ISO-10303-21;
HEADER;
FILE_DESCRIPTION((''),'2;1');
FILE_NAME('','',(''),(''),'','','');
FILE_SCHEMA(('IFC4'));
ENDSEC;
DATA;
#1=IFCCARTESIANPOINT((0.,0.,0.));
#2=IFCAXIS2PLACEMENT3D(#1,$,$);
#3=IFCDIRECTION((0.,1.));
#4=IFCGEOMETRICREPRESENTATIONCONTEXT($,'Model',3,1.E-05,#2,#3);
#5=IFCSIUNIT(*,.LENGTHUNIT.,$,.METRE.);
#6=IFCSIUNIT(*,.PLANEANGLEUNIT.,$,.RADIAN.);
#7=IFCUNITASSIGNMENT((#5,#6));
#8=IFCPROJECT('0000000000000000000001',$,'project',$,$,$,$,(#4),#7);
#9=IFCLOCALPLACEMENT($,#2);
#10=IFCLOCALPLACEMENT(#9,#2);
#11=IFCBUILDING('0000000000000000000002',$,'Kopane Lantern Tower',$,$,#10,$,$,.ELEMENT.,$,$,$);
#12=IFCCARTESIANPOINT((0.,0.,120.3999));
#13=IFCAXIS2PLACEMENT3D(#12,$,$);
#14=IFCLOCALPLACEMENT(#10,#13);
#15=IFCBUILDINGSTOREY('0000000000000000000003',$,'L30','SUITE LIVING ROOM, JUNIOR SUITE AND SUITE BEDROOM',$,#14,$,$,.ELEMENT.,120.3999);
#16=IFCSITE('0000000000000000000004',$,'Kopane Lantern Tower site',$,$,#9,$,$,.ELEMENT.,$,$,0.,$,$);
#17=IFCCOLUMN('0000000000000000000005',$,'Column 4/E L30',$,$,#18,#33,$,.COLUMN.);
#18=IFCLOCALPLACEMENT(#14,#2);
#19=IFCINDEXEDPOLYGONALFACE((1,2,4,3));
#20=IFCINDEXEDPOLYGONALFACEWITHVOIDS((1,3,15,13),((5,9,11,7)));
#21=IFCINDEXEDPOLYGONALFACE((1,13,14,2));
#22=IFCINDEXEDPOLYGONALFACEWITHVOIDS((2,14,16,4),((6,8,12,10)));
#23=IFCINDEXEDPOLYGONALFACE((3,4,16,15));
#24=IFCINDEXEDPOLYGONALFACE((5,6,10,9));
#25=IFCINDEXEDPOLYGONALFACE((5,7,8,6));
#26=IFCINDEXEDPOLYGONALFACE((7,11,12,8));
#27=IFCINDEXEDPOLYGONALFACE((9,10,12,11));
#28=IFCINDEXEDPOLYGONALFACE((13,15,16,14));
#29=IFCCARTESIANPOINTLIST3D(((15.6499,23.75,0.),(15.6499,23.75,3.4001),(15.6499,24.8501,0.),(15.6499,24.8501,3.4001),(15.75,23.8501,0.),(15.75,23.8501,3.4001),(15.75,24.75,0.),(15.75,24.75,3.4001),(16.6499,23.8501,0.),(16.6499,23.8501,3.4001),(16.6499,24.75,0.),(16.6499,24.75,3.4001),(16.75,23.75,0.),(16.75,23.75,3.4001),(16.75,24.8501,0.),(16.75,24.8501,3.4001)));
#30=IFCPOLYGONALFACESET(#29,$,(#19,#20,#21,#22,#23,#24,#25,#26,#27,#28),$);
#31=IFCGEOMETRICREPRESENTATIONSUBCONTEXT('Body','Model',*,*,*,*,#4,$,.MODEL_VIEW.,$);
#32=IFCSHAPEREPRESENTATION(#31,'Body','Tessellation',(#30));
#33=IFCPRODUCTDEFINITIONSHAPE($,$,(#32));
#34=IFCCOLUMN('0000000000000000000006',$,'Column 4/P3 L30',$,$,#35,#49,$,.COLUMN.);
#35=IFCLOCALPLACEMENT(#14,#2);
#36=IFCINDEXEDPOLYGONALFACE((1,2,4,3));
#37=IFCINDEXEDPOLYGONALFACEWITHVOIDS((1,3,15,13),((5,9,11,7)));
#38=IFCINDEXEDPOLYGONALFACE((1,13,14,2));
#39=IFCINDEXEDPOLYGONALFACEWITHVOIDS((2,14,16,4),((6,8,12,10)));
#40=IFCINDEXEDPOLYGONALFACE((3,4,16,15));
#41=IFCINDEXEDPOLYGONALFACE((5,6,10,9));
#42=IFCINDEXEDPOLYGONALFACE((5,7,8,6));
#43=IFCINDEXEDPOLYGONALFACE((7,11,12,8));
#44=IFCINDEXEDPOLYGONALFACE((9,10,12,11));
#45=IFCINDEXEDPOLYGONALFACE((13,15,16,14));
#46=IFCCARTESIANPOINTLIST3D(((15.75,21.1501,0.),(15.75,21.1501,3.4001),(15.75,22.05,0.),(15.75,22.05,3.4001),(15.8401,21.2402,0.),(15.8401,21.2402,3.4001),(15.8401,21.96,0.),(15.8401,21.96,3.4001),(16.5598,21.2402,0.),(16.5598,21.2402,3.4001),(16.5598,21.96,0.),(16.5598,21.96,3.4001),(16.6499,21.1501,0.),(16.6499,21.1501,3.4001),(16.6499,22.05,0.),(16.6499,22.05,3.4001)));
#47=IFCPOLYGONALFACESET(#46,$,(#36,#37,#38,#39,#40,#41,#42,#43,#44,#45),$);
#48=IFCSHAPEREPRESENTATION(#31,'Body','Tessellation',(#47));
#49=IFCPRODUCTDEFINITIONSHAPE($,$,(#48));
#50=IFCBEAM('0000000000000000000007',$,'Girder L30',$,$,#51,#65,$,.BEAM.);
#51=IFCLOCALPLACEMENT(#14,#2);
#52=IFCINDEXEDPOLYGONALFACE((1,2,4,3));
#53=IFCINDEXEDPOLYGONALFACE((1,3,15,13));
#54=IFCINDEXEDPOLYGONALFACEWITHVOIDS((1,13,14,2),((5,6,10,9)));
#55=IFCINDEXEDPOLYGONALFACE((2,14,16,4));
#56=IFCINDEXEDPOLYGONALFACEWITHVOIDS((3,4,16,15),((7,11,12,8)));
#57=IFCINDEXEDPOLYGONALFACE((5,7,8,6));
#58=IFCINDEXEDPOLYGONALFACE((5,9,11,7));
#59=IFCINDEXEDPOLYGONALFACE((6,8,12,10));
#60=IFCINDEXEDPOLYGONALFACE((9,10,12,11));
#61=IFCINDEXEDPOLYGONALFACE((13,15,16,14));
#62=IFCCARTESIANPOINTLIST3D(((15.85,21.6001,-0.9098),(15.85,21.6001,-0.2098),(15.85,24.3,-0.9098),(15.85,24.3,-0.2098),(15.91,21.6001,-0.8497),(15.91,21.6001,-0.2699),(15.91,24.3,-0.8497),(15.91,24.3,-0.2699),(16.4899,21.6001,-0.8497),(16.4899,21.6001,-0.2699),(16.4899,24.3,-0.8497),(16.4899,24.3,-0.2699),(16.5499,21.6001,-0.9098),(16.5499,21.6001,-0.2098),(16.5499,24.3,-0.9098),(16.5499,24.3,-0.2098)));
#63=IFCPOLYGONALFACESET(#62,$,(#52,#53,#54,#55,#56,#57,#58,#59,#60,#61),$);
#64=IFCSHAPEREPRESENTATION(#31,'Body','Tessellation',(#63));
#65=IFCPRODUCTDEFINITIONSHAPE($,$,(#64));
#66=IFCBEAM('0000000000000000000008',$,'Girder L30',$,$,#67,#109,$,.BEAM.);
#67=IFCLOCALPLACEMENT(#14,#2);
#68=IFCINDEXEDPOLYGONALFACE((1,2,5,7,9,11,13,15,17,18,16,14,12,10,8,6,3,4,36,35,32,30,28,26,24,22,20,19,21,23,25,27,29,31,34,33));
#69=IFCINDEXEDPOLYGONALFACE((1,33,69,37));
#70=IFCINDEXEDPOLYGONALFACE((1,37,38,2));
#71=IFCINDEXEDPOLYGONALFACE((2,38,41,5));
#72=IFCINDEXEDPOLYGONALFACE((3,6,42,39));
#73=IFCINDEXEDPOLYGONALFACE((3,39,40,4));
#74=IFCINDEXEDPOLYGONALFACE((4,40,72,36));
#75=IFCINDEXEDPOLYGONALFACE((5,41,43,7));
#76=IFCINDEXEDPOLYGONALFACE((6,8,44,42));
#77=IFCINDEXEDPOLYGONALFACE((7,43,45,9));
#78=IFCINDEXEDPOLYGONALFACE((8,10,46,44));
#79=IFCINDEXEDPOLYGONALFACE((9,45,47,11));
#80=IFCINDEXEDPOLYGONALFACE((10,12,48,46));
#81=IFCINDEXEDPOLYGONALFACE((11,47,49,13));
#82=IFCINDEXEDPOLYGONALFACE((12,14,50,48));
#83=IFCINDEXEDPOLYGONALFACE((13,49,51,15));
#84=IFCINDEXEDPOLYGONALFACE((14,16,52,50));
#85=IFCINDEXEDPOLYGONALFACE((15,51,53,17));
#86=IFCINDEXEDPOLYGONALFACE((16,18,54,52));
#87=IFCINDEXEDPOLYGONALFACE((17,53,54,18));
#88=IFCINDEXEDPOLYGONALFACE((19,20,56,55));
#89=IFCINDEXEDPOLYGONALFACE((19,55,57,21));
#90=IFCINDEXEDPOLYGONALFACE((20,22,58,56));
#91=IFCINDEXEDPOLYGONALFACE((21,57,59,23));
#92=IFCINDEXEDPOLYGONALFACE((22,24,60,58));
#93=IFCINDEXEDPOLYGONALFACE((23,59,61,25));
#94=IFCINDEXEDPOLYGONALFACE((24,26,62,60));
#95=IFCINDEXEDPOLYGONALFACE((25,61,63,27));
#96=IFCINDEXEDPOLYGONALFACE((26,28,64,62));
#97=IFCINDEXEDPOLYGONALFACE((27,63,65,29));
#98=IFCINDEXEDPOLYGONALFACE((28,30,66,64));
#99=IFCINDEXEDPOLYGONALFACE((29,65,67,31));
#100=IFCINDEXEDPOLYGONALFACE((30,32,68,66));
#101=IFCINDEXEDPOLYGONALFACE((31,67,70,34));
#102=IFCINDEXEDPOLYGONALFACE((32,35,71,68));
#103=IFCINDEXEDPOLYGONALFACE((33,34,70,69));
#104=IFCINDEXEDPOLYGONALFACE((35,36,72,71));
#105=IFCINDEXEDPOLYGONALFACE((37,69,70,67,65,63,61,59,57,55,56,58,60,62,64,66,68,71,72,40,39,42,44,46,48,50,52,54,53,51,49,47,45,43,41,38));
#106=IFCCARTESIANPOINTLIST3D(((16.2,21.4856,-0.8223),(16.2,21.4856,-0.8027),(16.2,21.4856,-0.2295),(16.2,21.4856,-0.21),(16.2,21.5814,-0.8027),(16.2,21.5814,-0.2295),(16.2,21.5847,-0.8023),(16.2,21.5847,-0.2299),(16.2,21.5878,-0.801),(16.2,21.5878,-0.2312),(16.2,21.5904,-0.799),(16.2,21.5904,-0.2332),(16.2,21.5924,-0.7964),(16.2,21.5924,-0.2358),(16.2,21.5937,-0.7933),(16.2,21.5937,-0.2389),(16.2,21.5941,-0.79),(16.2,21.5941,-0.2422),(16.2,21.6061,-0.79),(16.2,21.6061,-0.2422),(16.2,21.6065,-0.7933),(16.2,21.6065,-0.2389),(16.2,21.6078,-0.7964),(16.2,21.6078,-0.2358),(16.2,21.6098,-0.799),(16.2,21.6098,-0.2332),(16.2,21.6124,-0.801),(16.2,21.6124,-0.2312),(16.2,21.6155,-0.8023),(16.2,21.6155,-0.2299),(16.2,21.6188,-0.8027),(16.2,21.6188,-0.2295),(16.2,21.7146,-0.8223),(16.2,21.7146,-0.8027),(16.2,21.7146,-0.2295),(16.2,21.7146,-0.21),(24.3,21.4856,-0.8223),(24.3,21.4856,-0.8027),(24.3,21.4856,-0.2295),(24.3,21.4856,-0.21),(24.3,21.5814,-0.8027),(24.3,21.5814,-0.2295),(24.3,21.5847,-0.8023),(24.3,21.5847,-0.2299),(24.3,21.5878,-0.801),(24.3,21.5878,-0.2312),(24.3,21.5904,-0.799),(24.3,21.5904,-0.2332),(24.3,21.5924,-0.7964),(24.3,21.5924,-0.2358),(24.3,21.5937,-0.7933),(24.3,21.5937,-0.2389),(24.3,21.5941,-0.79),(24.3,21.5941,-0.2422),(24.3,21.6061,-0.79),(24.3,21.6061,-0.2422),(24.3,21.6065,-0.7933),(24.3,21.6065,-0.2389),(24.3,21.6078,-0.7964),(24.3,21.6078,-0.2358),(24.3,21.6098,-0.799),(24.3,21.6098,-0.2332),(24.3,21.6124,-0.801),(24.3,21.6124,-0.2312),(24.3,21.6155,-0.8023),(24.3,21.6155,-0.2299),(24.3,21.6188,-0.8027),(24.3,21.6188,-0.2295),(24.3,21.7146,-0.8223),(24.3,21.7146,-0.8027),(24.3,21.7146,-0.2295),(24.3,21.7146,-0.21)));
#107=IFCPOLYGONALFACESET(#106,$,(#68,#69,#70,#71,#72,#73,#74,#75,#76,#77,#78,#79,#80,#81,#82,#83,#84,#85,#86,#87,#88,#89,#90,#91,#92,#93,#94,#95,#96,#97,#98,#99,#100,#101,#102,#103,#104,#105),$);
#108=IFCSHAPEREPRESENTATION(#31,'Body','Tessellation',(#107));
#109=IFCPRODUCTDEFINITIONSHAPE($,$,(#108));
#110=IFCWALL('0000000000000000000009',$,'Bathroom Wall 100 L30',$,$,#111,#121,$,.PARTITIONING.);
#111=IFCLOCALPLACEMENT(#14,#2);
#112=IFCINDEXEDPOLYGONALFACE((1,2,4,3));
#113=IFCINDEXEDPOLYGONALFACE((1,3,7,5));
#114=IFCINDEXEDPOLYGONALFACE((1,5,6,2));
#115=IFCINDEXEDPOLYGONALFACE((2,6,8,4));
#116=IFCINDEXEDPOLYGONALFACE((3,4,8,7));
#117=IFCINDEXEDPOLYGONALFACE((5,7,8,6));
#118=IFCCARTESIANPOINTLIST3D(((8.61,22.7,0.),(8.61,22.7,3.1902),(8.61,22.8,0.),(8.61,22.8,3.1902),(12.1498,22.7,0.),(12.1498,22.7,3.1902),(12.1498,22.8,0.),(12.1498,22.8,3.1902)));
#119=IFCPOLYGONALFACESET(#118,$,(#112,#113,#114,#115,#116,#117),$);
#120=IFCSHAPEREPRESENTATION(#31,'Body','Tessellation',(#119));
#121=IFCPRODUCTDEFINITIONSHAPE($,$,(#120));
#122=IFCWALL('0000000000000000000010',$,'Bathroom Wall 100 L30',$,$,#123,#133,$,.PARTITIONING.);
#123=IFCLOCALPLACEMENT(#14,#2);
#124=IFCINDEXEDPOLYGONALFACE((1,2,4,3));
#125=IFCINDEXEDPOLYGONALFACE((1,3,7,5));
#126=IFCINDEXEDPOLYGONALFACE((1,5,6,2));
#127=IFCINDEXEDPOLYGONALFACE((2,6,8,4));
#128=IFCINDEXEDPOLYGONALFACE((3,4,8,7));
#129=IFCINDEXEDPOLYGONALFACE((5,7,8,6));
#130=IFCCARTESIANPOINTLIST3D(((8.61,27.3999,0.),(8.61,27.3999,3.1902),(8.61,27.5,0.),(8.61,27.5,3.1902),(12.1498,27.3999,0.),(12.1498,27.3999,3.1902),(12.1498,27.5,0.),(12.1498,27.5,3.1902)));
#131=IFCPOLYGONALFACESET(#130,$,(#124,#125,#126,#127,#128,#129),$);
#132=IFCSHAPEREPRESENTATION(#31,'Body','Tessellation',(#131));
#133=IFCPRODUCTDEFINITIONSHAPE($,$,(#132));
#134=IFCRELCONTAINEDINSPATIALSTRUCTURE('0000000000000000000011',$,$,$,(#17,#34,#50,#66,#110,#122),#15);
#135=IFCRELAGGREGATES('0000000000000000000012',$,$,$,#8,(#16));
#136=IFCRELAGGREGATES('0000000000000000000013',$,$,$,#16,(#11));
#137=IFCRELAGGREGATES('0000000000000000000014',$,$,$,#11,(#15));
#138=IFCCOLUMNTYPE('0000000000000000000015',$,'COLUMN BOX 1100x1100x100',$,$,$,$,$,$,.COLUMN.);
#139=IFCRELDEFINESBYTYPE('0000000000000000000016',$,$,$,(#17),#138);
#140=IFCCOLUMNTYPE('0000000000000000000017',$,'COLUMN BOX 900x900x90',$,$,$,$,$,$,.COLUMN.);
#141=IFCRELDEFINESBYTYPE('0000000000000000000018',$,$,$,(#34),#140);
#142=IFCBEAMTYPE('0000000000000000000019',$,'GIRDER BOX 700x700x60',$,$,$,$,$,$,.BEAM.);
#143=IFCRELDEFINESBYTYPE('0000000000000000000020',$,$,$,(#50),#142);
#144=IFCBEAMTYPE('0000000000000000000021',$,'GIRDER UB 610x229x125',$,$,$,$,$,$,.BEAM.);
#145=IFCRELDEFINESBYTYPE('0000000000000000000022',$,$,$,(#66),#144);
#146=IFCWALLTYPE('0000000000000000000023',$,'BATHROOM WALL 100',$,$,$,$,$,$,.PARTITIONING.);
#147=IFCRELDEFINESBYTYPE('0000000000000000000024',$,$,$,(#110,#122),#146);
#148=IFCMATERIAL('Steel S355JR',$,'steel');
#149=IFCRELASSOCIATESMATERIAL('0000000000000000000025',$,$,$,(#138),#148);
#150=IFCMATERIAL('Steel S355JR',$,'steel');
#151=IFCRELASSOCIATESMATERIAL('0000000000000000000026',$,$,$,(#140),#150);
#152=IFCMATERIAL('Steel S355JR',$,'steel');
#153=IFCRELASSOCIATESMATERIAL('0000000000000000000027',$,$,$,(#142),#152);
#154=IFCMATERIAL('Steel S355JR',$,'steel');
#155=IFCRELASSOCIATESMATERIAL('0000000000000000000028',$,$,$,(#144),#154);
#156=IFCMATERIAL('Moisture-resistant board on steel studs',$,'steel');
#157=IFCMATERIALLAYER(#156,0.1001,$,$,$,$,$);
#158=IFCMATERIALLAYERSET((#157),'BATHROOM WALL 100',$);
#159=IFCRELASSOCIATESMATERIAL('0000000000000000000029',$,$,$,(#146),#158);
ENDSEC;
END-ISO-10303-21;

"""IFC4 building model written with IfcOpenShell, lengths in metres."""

from ifc_helpers import new_model, si_unit, direction, frame, frame_2d, origin, origin_2d, place, context, subcontext, project, spatial, rectangle, hollow_rectangle, i_section, extrude, material, layer, layer_set, material_profile, profile_set, type_object, element, save


model = new_model("IFC4")

# Units and contexts
model_context = context("Model", 3, precision=1e-05, world=origin(), true_north=direction((0.0, 1.0)))
body_context = subcontext(model_context, "Body", "Model", "MODEL_VIEW")
ifc_project = project(units=[si_unit("LENGTHUNIT", "METRE"), si_unit("PLANEANGLEUNIT", "RADIAN")], contexts=[model_context])

# Site, building, storey
site_placement = place(None, origin())
site = spatial("IfcSite", under=ifc_project, at=site_placement, Name="Kopane Lantern Tower site", CompositionType="ELEMENT", RefElevation=0.0)
building_placement = place(site_placement, origin())
building = spatial("IfcBuilding", under=site, at=building_placement, Name="Kopane Lantern Tower", CompositionType="ELEMENT")
storey_placement = place(building_placement, frame((0.0, 0.0, 120.3999)))
storey = spatial("IfcBuildingStorey", under=building, at=storey_placement, Name="L30", Description="SUITE LIVING ROOM, JUNIOR SUITE AND SUITE BEDROOM", CompositionType="ELEMENT", Elevation=120.3999)

# Columns
ifc_material_1 = material(Name="Steel S355JR", Category="steel")
ifc_material_profile_1 = material_profile(ifc_material_1, hollow_rectangle(XDim=1.1001, YDim=1.1001, WallThickness=0.1001, at=origin_2d()), Name="BOX 1100x1100x100")
ifc_profile_set_1 = profile_set([ifc_material_profile_1], Name="Steel S355JR")
column_type_1 = type_object("IfcColumnType", Name="COLUMN BOX 1100x1100x100", PredefinedType="COLUMN", material=ifc_profile_set_1)
column_1_placement = place(storey_placement, frame((16.2, 24.3, 0.0), z_axis=(0.0, 0.0, 1.0), x_axis=(1.0, 0.0, 0.0)))
element("IfcColumn", 1, at=column_1_placement, inside=storey, type_object=column_type_1, Name="Column 4/E L30", PredefinedType="COLUMN", context=body_context, shape_type="SweptSolid", body=[
    extrude(hollow_rectangle(XDim=1.1001, YDim=1.1001, WallThickness=0.1001, at=origin_2d()), origin(), (0.0, 0.0, 1.0), 3.4001),
])
ifc_material_2 = material(Name="Steel S355JR", Category="steel")
ifc_material_profile_2 = material_profile(ifc_material_2, hollow_rectangle(XDim=0.8999, YDim=0.8999, WallThickness=0.0901, at=origin_2d()), Name="BOX 900x900x90")
ifc_profile_set_2 = profile_set([ifc_material_profile_2], Name="Steel S355JR")
column_type_2 = type_object("IfcColumnType", Name="COLUMN BOX 900x900x90", PredefinedType="COLUMN", material=ifc_profile_set_2)
column_2_placement = place(storey_placement, frame((16.2, 21.6001, 0.0), z_axis=(0.0, 0.0, 1.0), x_axis=(1.0, 0.0, 0.0)))
element("IfcColumn", 2, at=column_2_placement, inside=storey, type_object=column_type_2, Name="Column 4/P3 L30", PredefinedType="COLUMN", context=body_context, shape_type="SweptSolid", body=[
    extrude(hollow_rectangle(XDim=0.8999, YDim=0.8999, WallThickness=0.0901, at=origin_2d()), origin(), (0.0, 0.0, 1.0), 3.4001),
])

# Beams
ifc_material_3 = material(Name="Steel S355JR", Category="steel")
ifc_material_profile_3 = material_profile(ifc_material_3, hollow_rectangle(XDim=0.7, YDim=0.7, WallThickness=0.0601, at=origin_2d()), Name="BOX 700x700x60")
ifc_profile_set_3 = profile_set([ifc_material_profile_3], Name="Steel S355JR")
beam_type_1 = type_object("IfcBeamType", Name="GIRDER BOX 700x700x60", PredefinedType="BEAM", material=ifc_profile_set_3)
beam_1_placement = place(storey_placement, frame((16.2, 21.6001, -0.5598), z_axis=(0.0, 1.0, 0.0), x_axis=(-1.0, 0.0, 0.0)))
element("IfcBeam", 3, at=beam_1_placement, inside=storey, type_object=beam_type_1, Name="Girder L30", PredefinedType="BEAM", context=body_context, shape_type="SweptSolid", body=[
    extrude(hollow_rectangle(XDim=0.7, YDim=0.7, WallThickness=0.0601, at=origin_2d()), origin(), (0.0, 0.0, 1.0), 2.7),
])
ifc_material_4 = material(Name="Steel S355JR", Category="steel")
ifc_material_profile_4 = material_profile(ifc_material_4, i_section(OverallWidth=0.229, OverallDepth=0.6123, WebThickness=0.012, FlangeThickness=0.0195, FilletRadius=0.0127, at=origin_2d()), Name="UB 610x229x125")
ifc_profile_set_4 = profile_set([ifc_material_profile_4], Name="Steel S355JR")
beam_type_2 = type_object("IfcBeamType", Name="GIRDER UB 610x229x125", PredefinedType="BEAM", material=ifc_profile_set_4)
beam_2_placement = place(storey_placement, frame((16.2, 21.6001, -0.5161), z_axis=(1.0, 0.0, 0.0), x_axis=(0.0, 1.0, 0.0)))
element("IfcBeam", 4, at=beam_2_placement, inside=storey, type_object=beam_type_2, Name="Girder L30", PredefinedType="BEAM", context=body_context, shape_type="SweptSolid", body=[
    extrude(i_section(OverallWidth=0.229, OverallDepth=0.6123, WebThickness=0.012, FlangeThickness=0.0195, FilletRadius=0.0127, at=origin_2d()), origin(), (0.0, 0.0, 1.0), 8.1001),
])

# Walls
ifc_material_5 = material(Name="Moisture-resistant board on steel studs", Category="steel")
ifc_layer_1 = layer(ifc_material_5, 0.1001)
ifc_layer_set_1 = layer_set([ifc_layer_1], Name="BATHROOM WALL 100")
wall_type_1 = type_object("IfcWallType", Name="BATHROOM WALL 100", PredefinedType="PARTITIONING", material=ifc_layer_set_1)
for number, where, z_axis, x_axis, name in (
    (5, (12.1499, 22.75, 0.0), (0.0, 0.0, 1.0), (-1.0, 0.0, 0.0), "Bathroom Wall 100 L30"),
    (6, (12.1499, 27.45, 0.0), (0.0, 0.0, 1.0), (-1.0, 0.0, 0.0), "Bathroom Wall 100 L30"),
):
    element("IfcWall", number, at=place(storey_placement, frame(where, z_axis=z_axis, x_axis=x_axis)), inside=storey, type_object=wall_type_1, Name=name, PredefinedType="PARTITIONING", context=body_context, shape_type="SweptSolid", body=[
        extrude(rectangle(XDim=3.5398, YDim=0.1001, at=frame_2d((1.77, 0.0))), origin(), (0.0, 0.0, 1.0), 3.1902),
    ])

save(model, "model.ifc")
